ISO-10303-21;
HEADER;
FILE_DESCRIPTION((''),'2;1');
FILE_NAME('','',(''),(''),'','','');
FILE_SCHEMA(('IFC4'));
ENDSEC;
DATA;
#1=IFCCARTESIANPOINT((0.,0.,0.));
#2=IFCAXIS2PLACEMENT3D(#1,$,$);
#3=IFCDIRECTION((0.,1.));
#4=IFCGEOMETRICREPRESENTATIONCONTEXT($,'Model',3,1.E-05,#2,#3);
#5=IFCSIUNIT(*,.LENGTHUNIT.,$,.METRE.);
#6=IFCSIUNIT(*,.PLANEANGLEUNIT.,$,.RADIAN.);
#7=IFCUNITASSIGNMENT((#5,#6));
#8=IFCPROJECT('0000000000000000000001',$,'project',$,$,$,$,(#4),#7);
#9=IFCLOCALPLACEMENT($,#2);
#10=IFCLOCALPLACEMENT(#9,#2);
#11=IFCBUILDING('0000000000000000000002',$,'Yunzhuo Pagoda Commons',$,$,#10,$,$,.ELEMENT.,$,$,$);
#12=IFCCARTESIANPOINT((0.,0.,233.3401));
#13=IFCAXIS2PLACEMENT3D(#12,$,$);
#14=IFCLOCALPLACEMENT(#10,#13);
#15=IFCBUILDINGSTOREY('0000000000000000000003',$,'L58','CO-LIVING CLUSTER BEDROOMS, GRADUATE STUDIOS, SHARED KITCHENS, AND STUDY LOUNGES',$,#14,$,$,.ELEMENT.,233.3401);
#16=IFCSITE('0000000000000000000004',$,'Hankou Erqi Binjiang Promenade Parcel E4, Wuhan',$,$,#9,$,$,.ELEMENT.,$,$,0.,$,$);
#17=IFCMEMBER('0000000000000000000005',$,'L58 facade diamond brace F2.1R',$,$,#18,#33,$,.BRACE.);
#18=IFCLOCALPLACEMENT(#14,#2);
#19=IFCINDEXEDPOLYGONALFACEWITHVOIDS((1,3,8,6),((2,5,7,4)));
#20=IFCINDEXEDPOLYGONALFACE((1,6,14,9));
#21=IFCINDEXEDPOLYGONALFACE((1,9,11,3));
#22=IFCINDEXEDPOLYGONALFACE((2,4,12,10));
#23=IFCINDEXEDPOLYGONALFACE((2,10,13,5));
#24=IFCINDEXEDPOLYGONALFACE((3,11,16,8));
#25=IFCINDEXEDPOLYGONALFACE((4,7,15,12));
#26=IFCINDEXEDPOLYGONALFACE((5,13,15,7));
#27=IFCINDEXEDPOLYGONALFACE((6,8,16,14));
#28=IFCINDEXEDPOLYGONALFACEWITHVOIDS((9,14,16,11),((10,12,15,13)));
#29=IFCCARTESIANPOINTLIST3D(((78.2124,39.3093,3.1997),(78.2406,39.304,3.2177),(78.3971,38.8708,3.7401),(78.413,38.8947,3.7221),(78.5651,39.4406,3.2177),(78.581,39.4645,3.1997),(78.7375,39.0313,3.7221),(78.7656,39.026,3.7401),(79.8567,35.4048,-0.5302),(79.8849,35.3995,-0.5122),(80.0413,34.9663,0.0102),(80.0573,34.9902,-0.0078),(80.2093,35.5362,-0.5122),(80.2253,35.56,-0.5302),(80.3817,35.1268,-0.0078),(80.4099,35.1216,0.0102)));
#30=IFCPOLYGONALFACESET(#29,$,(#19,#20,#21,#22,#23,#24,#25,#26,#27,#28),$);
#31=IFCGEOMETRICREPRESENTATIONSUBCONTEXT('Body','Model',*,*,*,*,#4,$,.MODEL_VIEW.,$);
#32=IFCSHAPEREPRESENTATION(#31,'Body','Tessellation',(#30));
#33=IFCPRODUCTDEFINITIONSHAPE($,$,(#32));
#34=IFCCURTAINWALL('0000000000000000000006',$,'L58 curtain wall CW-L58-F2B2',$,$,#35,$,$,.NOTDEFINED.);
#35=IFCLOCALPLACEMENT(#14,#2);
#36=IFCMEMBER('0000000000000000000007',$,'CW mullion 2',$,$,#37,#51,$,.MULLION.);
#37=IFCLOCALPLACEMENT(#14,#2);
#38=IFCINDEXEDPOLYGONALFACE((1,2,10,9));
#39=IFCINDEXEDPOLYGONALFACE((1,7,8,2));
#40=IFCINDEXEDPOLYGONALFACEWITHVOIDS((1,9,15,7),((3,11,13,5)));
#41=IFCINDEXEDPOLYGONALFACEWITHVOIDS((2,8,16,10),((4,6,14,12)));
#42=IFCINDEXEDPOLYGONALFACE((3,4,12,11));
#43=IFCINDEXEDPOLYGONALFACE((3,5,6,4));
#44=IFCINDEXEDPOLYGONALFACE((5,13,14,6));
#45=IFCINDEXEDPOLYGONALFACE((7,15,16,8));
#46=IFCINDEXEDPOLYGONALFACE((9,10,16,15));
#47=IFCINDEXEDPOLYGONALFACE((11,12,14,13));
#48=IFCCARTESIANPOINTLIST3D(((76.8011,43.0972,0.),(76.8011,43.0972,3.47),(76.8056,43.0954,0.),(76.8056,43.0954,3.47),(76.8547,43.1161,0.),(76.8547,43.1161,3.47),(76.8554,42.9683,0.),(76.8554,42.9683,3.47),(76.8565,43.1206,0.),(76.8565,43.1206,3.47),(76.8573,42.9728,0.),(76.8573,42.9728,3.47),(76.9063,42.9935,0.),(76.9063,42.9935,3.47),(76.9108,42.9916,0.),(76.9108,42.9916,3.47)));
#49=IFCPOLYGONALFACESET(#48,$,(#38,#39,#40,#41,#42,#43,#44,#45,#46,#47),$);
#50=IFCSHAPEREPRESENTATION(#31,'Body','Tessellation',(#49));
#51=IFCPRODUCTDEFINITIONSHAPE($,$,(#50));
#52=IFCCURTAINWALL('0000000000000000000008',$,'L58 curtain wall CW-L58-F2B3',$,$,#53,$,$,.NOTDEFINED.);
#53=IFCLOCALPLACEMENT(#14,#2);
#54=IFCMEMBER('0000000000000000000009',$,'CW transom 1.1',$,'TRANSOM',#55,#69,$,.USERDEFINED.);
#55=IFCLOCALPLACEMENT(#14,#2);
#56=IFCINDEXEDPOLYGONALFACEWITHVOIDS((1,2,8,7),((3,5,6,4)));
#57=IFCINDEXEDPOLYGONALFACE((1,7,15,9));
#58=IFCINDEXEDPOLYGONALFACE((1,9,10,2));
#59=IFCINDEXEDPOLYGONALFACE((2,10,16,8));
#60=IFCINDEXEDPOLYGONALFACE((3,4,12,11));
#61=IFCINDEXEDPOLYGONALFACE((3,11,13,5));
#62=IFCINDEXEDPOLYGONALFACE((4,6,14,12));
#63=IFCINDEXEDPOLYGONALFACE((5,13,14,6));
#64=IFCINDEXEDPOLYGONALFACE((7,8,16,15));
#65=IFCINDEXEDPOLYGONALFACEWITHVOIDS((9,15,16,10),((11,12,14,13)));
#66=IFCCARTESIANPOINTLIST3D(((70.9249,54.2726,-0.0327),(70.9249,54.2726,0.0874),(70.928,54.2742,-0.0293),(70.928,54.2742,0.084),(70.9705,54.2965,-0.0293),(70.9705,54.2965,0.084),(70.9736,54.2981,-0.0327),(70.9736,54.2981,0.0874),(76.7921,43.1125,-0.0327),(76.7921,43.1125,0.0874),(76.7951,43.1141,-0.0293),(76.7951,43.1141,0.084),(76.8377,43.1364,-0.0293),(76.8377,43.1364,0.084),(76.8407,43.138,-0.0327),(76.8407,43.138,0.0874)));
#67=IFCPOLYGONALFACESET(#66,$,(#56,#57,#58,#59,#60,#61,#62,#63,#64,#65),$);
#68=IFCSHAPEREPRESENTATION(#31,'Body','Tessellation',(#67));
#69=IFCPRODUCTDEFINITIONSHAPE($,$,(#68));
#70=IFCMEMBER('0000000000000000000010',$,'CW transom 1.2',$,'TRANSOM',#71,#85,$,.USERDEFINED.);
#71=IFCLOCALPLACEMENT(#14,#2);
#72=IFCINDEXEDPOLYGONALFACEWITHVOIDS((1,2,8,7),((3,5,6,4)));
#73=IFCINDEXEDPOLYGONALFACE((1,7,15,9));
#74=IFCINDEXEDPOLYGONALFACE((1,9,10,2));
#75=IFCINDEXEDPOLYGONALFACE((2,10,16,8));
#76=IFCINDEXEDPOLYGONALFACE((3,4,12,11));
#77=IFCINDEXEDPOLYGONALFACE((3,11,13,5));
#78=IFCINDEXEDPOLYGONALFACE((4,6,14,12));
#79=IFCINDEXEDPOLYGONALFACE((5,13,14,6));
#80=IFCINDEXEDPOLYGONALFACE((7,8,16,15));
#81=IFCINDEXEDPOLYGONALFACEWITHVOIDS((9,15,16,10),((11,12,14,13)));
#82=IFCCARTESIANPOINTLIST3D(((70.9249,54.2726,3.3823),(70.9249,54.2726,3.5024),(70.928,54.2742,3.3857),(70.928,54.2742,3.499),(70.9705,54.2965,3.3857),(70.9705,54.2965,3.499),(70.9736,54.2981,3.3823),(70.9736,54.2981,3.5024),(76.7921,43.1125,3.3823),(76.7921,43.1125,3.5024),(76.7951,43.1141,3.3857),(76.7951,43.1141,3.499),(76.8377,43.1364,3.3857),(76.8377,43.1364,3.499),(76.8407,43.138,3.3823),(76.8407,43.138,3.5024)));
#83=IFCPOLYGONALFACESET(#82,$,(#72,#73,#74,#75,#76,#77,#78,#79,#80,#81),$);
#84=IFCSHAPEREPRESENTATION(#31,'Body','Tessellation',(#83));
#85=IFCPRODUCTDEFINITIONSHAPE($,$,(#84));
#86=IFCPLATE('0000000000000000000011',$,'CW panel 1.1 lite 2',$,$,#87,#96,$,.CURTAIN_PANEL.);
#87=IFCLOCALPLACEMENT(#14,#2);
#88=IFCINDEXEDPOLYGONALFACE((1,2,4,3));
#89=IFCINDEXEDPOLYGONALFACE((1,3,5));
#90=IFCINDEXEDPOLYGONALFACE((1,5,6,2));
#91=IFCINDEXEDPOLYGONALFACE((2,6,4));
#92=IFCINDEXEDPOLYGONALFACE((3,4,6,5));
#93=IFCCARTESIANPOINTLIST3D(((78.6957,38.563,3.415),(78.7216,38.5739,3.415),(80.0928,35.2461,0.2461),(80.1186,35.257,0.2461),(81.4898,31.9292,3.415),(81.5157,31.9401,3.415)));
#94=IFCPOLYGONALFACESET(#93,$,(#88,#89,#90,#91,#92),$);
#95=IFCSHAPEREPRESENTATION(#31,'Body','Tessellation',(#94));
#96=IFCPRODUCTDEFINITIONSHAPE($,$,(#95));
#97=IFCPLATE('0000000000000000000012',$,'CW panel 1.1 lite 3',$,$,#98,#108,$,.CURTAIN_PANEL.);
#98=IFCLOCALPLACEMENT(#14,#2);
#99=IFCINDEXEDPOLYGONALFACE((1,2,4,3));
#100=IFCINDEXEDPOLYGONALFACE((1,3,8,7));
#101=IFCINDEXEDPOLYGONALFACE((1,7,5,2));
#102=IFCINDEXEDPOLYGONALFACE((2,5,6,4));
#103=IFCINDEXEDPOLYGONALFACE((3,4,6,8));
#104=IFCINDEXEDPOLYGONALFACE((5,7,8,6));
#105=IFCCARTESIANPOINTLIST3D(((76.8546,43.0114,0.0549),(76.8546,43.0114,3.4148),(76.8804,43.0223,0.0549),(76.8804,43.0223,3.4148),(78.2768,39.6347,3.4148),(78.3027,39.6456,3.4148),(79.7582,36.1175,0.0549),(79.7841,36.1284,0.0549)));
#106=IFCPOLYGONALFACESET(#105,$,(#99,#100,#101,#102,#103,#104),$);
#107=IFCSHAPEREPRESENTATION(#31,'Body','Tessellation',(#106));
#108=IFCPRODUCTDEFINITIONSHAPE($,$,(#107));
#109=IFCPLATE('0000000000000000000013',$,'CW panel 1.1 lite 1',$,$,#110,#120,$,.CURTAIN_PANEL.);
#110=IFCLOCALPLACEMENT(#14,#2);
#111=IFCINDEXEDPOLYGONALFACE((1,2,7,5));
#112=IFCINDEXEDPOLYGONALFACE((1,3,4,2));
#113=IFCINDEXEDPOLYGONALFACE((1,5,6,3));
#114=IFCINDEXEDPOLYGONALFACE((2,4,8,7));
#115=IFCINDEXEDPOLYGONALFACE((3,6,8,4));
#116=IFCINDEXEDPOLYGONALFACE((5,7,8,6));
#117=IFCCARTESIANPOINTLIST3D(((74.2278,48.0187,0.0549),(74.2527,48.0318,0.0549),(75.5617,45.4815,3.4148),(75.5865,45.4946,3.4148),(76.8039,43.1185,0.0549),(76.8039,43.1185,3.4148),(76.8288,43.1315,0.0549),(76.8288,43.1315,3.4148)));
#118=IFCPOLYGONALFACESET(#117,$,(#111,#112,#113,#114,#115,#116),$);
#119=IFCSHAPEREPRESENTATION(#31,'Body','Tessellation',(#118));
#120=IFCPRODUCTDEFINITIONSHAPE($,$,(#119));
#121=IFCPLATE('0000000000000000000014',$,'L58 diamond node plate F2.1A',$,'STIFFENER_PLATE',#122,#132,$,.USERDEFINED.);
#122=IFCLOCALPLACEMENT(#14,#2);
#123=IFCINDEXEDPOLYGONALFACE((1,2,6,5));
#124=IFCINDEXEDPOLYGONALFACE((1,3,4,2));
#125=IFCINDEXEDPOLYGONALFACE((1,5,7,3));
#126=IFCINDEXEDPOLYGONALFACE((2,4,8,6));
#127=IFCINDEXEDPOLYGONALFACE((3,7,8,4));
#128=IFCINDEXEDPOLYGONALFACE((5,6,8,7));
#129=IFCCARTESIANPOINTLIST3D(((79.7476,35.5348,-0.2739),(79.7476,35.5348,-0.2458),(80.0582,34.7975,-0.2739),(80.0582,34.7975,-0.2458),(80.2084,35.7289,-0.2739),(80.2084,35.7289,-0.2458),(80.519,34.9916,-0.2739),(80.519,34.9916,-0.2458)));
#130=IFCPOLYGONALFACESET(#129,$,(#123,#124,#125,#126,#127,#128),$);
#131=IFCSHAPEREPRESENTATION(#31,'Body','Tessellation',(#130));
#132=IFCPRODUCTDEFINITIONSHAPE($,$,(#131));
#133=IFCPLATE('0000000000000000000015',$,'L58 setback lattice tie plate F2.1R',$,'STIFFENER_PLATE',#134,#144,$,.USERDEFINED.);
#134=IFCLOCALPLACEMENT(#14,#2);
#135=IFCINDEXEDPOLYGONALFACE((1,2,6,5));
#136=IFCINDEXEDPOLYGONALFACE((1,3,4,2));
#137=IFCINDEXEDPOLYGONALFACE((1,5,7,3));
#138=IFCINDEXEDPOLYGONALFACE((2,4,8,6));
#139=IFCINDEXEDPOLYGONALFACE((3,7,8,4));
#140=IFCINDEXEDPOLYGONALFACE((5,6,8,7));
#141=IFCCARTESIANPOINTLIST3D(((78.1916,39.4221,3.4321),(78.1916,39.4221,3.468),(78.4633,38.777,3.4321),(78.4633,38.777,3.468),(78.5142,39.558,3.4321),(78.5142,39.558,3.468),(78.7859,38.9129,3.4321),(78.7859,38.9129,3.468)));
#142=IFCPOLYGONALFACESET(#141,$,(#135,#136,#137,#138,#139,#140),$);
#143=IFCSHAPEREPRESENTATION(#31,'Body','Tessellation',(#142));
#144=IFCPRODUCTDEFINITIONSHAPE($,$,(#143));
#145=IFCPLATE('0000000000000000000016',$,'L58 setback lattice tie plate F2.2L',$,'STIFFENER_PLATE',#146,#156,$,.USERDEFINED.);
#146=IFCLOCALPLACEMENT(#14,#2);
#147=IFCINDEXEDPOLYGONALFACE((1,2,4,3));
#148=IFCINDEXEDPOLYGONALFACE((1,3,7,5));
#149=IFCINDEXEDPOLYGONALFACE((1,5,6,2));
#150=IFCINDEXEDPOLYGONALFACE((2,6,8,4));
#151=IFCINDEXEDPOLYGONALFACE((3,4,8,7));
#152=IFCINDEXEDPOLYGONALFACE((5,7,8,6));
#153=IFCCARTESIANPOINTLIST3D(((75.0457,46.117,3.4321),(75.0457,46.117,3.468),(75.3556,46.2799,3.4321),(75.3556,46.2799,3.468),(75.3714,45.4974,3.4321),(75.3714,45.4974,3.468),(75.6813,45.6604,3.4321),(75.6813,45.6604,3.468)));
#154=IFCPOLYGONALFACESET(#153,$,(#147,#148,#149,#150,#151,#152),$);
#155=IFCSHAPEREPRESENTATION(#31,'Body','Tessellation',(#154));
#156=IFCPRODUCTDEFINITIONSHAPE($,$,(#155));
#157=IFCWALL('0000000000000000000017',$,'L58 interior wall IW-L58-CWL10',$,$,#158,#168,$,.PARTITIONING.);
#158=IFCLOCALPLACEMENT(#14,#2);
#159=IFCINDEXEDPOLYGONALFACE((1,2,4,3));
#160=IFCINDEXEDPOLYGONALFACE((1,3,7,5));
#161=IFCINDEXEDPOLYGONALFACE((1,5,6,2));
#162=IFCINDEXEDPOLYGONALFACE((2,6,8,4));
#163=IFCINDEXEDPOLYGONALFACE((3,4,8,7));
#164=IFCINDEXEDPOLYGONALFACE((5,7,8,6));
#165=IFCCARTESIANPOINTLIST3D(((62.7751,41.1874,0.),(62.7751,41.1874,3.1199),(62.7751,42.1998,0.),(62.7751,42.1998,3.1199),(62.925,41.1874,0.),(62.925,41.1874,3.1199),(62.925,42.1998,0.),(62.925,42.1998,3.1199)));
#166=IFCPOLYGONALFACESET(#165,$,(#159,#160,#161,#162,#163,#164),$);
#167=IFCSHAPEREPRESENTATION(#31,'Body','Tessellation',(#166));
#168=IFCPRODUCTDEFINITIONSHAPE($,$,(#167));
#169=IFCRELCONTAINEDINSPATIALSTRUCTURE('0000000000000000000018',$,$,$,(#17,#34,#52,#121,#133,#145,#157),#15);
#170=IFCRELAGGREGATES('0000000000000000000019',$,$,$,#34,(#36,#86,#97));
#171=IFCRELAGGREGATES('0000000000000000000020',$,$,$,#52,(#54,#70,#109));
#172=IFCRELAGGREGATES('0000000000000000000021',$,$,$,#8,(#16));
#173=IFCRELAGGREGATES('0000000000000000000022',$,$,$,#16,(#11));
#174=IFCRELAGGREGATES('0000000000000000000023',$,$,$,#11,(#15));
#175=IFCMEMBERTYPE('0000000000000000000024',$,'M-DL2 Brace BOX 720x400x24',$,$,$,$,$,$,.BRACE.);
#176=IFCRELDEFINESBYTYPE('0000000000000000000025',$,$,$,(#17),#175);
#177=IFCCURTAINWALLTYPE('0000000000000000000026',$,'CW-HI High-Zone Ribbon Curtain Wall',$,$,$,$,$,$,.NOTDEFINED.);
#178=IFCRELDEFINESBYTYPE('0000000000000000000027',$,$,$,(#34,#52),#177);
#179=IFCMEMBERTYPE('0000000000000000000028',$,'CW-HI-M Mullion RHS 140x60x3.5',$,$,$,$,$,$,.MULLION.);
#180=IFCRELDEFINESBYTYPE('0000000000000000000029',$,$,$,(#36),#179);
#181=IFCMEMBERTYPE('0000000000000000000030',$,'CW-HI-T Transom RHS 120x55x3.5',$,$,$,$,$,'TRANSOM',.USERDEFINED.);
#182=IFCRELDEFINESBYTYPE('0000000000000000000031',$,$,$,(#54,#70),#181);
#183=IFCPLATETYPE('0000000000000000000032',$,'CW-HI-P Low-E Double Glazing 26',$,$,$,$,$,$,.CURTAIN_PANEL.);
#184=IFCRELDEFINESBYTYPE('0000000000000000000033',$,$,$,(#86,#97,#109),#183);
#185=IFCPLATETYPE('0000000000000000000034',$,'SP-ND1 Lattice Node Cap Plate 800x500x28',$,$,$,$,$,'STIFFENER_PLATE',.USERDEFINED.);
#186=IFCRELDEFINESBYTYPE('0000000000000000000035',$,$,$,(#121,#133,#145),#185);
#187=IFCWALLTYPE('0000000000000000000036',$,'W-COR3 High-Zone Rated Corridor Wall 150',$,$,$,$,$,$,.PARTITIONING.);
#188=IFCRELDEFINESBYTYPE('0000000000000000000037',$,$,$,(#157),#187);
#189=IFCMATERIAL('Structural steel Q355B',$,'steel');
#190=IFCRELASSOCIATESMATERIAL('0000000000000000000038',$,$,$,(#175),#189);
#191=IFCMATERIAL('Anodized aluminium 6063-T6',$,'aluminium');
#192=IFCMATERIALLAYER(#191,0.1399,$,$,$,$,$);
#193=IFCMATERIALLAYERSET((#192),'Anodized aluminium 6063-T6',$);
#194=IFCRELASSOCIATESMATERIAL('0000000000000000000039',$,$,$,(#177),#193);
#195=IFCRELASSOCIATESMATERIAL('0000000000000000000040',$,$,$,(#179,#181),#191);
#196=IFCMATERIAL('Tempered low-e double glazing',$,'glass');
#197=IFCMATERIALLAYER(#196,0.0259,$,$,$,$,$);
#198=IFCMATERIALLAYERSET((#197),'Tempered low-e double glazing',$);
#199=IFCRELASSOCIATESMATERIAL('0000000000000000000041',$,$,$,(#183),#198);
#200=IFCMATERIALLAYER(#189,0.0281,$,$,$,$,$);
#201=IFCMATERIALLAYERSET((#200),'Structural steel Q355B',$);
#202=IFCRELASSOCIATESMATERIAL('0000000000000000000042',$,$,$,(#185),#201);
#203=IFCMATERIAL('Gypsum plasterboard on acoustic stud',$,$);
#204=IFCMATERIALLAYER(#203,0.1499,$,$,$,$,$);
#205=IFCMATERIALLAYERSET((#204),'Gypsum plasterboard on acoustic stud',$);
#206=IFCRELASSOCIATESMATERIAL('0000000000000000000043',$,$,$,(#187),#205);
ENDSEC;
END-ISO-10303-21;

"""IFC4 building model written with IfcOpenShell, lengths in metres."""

from ifc_helpers import new_model, si_unit, direction, frame, frame_2d, origin, origin_2d, place, context, subcontext, project, spatial, polyline, rectangle, hollow_rectangle, outline, extrude, source, transform, mapped, material, layer, layer_set, material_profile, profile_set, type_object, element, aggregate, save


model = new_model("IFC4")

# Units and contexts
model_context = context("Model", 3, precision=1e-05, world=origin(), true_north=direction((0.0, 1.0)))
body_context = subcontext(model_context, "Body", "Model", "MODEL_VIEW")
ifc_project = project(units=[si_unit("LENGTHUNIT", "METRE"), si_unit("PLANEANGLEUNIT", "RADIAN")], contexts=[model_context])

# Site, building, storey
site_placement = place(None, origin())
site = spatial("IfcSite", under=ifc_project, at=site_placement, Name="Hankou Erqi Binjiang Promenade Parcel E4, Wuhan", CompositionType="ELEMENT", RefElevation=0.0)
building_placement = place(site_placement, origin())
building = spatial("IfcBuilding", under=site, at=building_placement, Name="Yunzhuo Pagoda Commons", CompositionType="ELEMENT")
storey_placement = place(building_placement, frame((0.0, 0.0, 233.3401)))
storey = spatial("IfcBuildingStorey", under=building, at=storey_placement, Name="L58", Description="CO-LIVING CLUSTER BEDROOMS, GRADUATE STUDIOS, SHARED KITCHENS, AND STUDY LOUNGES", CompositionType="ELEMENT", Elevation=233.3401)

# Shared definitions
ifc_material_1 = material(Name="Structural steel Q355B", Category="steel")

# Member
ifc_material_profile_1 = material_profile(ifc_material_1, hollow_rectangle(XDim=0.3999, YDim=0.72, WallThickness=0.0239, at=origin_2d()), Name="Structural steel Q355B")
ifc_profile_set_1 = profile_set([ifc_material_profile_1], Name="Structural steel Q355B")
member_type_1 = type_object("IfcMemberType", Name="M-DL2 Brace BOX 720x400x24", PredefinedType="BRACE", material=ifc_profile_set_1)
shared_shape_1 = source(origin(), body_context, "Body", "SweptSolid", [
    extrude(hollow_rectangle(XDim=0.3999, YDim=0.72, WallThickness=0.0239, at=origin_2d()), origin(), (0.0, 0.0, 1.0), 5.6445),
])
member_1_placement = place(storey_placement, frame((80.1333, 35.2632, -0.26), z_axis=(-0.291301, 0.691726, 0.660801), x_axis=(-0.921613, -0.388111, 0.0)))
element("IfcMember", 1, at=member_1_placement, inside=storey, type_object=member_type_1, Name="L58 facade diamond brace F2.1R", PredefinedType="BRACE", context=body_context, shape_type="MappedRepresentation", body=[
    mapped(shared_shape_1, transform((0.0, 0.0, 0.0), scale=1.0)),
])

# Curtain wall, member
ifc_material_2 = material(Name="Anodized aluminium 6063-T6", Category="aluminium")
ifc_layer_1 = layer(ifc_material_2, 0.1399)
ifc_layer_set_1 = layer_set([ifc_layer_1], Name="Anodized aluminium 6063-T6")
curtain_wall_type = type_object("IfcCurtainWallType", Name="CW-HI High-Zone Ribbon Curtain Wall", PredefinedType="NOTDEFINED", material=ifc_layer_set_1)
curtain_wall_1_placement = place(storey_placement, origin())
curtain_wall_1 = element("IfcCurtainWall", 2, at=curtain_wall_1_placement, inside=storey, type_object=curtain_wall_type, Name="L58 curtain wall CW-L58-F2B2", PredefinedType="NOTDEFINED")
ifc_material_profile_2 = material_profile(ifc_material_2, hollow_rectangle(XDim=0.0601, YDim=0.1399, WallThickness=0.0034, at=origin_2d()), Name="Anodized aluminium 6063-T6")
ifc_profile_set_2 = profile_set([ifc_material_profile_2], Name="Anodized aluminium 6063-T6")
member_type_2 = type_object("IfcMemberType", Name="CW-HI-M Mullion RHS 140x60x3.5", PredefinedType="MULLION", material=ifc_profile_set_2)
shared_shape_2 = source(origin(), body_context, "Body", "SweptSolid", [
    extrude(hollow_rectangle(XDim=0.0601, YDim=0.1399, WallThickness=0.0034, at=origin_2d()), origin(), (0.0, 0.0, 1.0), 3.47),
])
member_2_placement = place(storey_placement, frame((76.856, 43.0444, 0.0), z_axis=(0.0, 0.0, 1.0), x_axis=(-0.921589, -0.388167, 0.0)))
member_2 = element("IfcMember", 3, at=member_2_placement, type_object=member_type_2, Name="CW mullion 2", PredefinedType="MULLION", context=body_context, shape_type="MappedRepresentation", body=[
    mapped(shared_shape_2, transform((0.0, 0.0, 0.0), scale=1.0)),
])

# Curtain wall, members
curtain_wall_2_placement = place(storey_placement, origin())
curtain_wall_2 = element("IfcCurtainWall", 4, at=curtain_wall_2_placement, inside=storey, type_object=curtain_wall_type, Name="L58 curtain wall CW-L58-F2B3", PredefinedType="NOTDEFINED")
ifc_material_profile_3 = material_profile(ifc_material_2, hollow_rectangle(XDim=0.0549, YDim=0.1201, WallThickness=0.0034, at=origin_2d()), Name="Anodized aluminium 6063-T6")
ifc_profile_set_3 = profile_set([ifc_material_profile_3], Name="Anodized aluminium 6063-T6")
member_type_3 = type_object("IfcMemberType", Name="CW-HI-T Transom RHS 120x55x3.5", ElementType="TRANSOM", PredefinedType="USERDEFINED", material=ifc_profile_set_3)
shared_shape_3 = source(origin(), body_context, "Body", "SweptSolid", [
    extrude(hollow_rectangle(XDim=0.0549, YDim=0.1201, WallThickness=0.0034, at=origin_2d()), origin(), (0.0, 0.0, 1.0), 12.6084),
])
member_3_placement = place(storey_placement, frame((76.8164, 43.1252, 0.0273), z_axis=(-0.465338, 0.885133, 0.0), x_axis=(-0.885133, -0.465338, 0.0)))
member_3 = element("IfcMember", 5, at=member_3_placement, type_object=member_type_3, Name="CW transom 1.1", ObjectType="TRANSOM", PredefinedType="USERDEFINED", context=body_context, shape_type="MappedRepresentation", body=[
    mapped(shared_shape_3, transform((0.0, 0.0, 0.0), scale=1.0)),
])
member_4_placement = place(storey_placement, frame((76.8164, 43.1252, 3.4424), z_axis=(-0.465338, 0.885133, 0.0), x_axis=(-0.885133, -0.465338, 0.0)))
member_4 = element("IfcMember", 6, at=member_4_placement, type_object=member_type_3, Name="CW transom 1.2", ObjectType="TRANSOM", PredefinedType="USERDEFINED", context=body_context, shape_type="MappedRepresentation", body=[
    mapped(shared_shape_3, transform((0.0, 0.0, 0.0), scale=1.0)),
])

# Plates
ifc_material_3 = material(Name="Tempered low-e double glazing", Category="glass")
ifc_layer_2 = layer(ifc_material_3, 0.0259)
ifc_layer_set_2 = layer_set([ifc_layer_2], Name="Tempered low-e double glazing")
plate_type_1 = type_object("IfcPlateType", Name="CW-HI-P Low-E Double Glazing 26", PredefinedType="CURTAIN_PANEL", material=ifc_layer_set_2)
plate_1_placement = place(storey_placement, frame((80.0928, 35.2461, 1.8306), z_axis=(0.921589, 0.388167, 0.0), x_axis=(-0.388167, 0.921589, 0.0)))
plate_1 = element("IfcPlate", 7, at=plate_1_placement, type_object=plate_type_1, Name="CW panel 1.1 lite 2", PredefinedType="CURTAIN_PANEL", context=body_context, shape_type="SweptSolid", body=[
    extrude(outline(polyline([(-3.5991, 1.5845), (0.0, -1.5845), (3.5991, 1.5845), (-3.5991, 1.5845)])), origin(), (0.0, 0.0, 1.0), 0.0281),
])
plate_2_placement = place(storey_placement, frame((78.3064, 39.5645, 1.7349), z_axis=(0.921589, 0.388167, 0.0), x_axis=(-0.388167, 0.921589, 0.0)))
plate_2 = element("IfcPlate", 8, at=plate_2_placement, type_object=plate_type_1, Name="CW panel 1.1 lite 3", PredefinedType="CURTAIN_PANEL", context=body_context, shape_type="SweptSolid", body=[
    extrude(outline(polyline([(-3.7402, -1.6799), (3.7402, -1.6799), (3.7402, 1.6799), (0.0762, 1.6799), (-3.7402, -1.6799)])), origin(), (0.0, 0.0, 1.0), 0.0281),
])
aggregate(curtain_wall_1, [member_2, plate_1, plate_2])
plate_3_placement = place(storey_placement, frame((75.5159, 45.5686, 1.7349), z_axis=(0.885138, 0.465329, 0.0), x_axis=(-0.465329, 0.885138, 0.0)))
plate_3 = element("IfcPlate", 9, at=plate_3_placement, type_object=plate_type_1, Name="CW panel 1.1 lite 1", PredefinedType="CURTAIN_PANEL", context=body_context, shape_type="SweptSolid", body=[
    extrude(outline(polyline([(-2.7681, -1.6799), (2.7681, -1.6799), (-0.0984, 1.6799), (-2.7681, 1.6799), (-2.7681, -1.6799)])), origin(), (0.0, 0.0, 1.0), 0.0281),
])
aggregate(curtain_wall_2, [member_3, member_4, plate_3])

# Plates
ifc_layer_3 = layer(ifc_material_1, 0.0281)
ifc_layer_set_3 = layer_set([ifc_layer_3], Name="Structural steel Q355B")
plate_type_2 = type_object("IfcPlateType", Name="SP-ND1 Lattice Node Cap Plate 800x500x28", ElementType="STIFFENER_PLATE", PredefinedType="USERDEFINED", material=ifc_layer_set_3)
shared_shape_4 = source(origin(), body_context, "Body", "SweptSolid", [
    extrude(rectangle(XDim=0.8, YDim=0.5, at=origin_2d()), origin(), (0.0, 0.0, 1.0), 0.0281),
])
plate_4_placement = place(storey_placement, frame((80.1333, 35.2632, -0.2739), z_axis=(0.0, 0.0, 1.0), x_axis=(-0.388175, 0.921586, 0.0)))
element("IfcPlate", 10, at=plate_4_placement, inside=storey, type_object=plate_type_2, Name="L58 diamond node plate F2.1A", ObjectType="STIFFENER_PLATE", PredefinedType="USERDEFINED", context=body_context, shape_type="MappedRepresentation", body=[
    mapped(shared_shape_4, transform((0.0, 0.0, 0.0), scale=1.0)),
])
shared_shape_5 = source(origin(), body_context, "Body", "SweptSolid", [
    extrude(rectangle(XDim=0.7, YDim=0.3501, at=origin_2d()), origin(), (0.0, 0.0, 1.0), 0.0359),
])
for number, where, z_axis, x_axis, name in (
    (11, (78.4888, 39.1675, 3.4321), (0.0, 0.0, 1.0), (-0.388175, 0.921586, 0.0), "L58 setback lattice tie plate F2.1R"),
    (12, (75.3635, 45.8887, 3.4321), (0.0, 0.0, 1.0), (-0.465336, 0.885134, 0.0), "L58 setback lattice tie plate F2.2L"),
):
    element("IfcPlate", number, at=place(storey_placement, frame(where, z_axis=z_axis, x_axis=x_axis)), inside=storey, type_object=plate_type_2, Name=name, ObjectType="STIFFENER_PLATE", PredefinedType="USERDEFINED", context=body_context, shape_type="MappedRepresentation", body=[
        mapped(shared_shape_5, transform((0.0, 0.0, 0.0), scale=1.0)),
    ])

# Wall
ifc_material_4 = material(Name="Gypsum plasterboard on acoustic stud")
ifc_layer_4 = layer(ifc_material_4, 0.1499)
ifc_layer_set_4 = layer_set([ifc_layer_4], Name="Gypsum plasterboard on acoustic stud")
wall_type_1 = type_object("IfcWallType", Name="W-COR3 High-Zone Rated Corridor Wall 150", PredefinedType="PARTITIONING", material=ifc_layer_set_4)
wall_1_placement = place(storey_placement, frame((62.8501, 42.2, 0.0), z_axis=(0.0, 0.0, 1.0), x_axis=(0.0, -1.0, 0.0)))
element("IfcWall", 13, at=wall_1_placement, inside=storey, type_object=wall_type_1, Name="L58 interior wall IW-L58-CWL10", PredefinedType="PARTITIONING", context=body_context, shape_type="SweptSolid", body=[
    extrude(rectangle(XDim=1.0125, YDim=0.1499, at=frame_2d((0.5063, 0.0))), origin(), (0.0, 0.0, 1.0), 3.1199),
])

save(model, "model.ifc")
